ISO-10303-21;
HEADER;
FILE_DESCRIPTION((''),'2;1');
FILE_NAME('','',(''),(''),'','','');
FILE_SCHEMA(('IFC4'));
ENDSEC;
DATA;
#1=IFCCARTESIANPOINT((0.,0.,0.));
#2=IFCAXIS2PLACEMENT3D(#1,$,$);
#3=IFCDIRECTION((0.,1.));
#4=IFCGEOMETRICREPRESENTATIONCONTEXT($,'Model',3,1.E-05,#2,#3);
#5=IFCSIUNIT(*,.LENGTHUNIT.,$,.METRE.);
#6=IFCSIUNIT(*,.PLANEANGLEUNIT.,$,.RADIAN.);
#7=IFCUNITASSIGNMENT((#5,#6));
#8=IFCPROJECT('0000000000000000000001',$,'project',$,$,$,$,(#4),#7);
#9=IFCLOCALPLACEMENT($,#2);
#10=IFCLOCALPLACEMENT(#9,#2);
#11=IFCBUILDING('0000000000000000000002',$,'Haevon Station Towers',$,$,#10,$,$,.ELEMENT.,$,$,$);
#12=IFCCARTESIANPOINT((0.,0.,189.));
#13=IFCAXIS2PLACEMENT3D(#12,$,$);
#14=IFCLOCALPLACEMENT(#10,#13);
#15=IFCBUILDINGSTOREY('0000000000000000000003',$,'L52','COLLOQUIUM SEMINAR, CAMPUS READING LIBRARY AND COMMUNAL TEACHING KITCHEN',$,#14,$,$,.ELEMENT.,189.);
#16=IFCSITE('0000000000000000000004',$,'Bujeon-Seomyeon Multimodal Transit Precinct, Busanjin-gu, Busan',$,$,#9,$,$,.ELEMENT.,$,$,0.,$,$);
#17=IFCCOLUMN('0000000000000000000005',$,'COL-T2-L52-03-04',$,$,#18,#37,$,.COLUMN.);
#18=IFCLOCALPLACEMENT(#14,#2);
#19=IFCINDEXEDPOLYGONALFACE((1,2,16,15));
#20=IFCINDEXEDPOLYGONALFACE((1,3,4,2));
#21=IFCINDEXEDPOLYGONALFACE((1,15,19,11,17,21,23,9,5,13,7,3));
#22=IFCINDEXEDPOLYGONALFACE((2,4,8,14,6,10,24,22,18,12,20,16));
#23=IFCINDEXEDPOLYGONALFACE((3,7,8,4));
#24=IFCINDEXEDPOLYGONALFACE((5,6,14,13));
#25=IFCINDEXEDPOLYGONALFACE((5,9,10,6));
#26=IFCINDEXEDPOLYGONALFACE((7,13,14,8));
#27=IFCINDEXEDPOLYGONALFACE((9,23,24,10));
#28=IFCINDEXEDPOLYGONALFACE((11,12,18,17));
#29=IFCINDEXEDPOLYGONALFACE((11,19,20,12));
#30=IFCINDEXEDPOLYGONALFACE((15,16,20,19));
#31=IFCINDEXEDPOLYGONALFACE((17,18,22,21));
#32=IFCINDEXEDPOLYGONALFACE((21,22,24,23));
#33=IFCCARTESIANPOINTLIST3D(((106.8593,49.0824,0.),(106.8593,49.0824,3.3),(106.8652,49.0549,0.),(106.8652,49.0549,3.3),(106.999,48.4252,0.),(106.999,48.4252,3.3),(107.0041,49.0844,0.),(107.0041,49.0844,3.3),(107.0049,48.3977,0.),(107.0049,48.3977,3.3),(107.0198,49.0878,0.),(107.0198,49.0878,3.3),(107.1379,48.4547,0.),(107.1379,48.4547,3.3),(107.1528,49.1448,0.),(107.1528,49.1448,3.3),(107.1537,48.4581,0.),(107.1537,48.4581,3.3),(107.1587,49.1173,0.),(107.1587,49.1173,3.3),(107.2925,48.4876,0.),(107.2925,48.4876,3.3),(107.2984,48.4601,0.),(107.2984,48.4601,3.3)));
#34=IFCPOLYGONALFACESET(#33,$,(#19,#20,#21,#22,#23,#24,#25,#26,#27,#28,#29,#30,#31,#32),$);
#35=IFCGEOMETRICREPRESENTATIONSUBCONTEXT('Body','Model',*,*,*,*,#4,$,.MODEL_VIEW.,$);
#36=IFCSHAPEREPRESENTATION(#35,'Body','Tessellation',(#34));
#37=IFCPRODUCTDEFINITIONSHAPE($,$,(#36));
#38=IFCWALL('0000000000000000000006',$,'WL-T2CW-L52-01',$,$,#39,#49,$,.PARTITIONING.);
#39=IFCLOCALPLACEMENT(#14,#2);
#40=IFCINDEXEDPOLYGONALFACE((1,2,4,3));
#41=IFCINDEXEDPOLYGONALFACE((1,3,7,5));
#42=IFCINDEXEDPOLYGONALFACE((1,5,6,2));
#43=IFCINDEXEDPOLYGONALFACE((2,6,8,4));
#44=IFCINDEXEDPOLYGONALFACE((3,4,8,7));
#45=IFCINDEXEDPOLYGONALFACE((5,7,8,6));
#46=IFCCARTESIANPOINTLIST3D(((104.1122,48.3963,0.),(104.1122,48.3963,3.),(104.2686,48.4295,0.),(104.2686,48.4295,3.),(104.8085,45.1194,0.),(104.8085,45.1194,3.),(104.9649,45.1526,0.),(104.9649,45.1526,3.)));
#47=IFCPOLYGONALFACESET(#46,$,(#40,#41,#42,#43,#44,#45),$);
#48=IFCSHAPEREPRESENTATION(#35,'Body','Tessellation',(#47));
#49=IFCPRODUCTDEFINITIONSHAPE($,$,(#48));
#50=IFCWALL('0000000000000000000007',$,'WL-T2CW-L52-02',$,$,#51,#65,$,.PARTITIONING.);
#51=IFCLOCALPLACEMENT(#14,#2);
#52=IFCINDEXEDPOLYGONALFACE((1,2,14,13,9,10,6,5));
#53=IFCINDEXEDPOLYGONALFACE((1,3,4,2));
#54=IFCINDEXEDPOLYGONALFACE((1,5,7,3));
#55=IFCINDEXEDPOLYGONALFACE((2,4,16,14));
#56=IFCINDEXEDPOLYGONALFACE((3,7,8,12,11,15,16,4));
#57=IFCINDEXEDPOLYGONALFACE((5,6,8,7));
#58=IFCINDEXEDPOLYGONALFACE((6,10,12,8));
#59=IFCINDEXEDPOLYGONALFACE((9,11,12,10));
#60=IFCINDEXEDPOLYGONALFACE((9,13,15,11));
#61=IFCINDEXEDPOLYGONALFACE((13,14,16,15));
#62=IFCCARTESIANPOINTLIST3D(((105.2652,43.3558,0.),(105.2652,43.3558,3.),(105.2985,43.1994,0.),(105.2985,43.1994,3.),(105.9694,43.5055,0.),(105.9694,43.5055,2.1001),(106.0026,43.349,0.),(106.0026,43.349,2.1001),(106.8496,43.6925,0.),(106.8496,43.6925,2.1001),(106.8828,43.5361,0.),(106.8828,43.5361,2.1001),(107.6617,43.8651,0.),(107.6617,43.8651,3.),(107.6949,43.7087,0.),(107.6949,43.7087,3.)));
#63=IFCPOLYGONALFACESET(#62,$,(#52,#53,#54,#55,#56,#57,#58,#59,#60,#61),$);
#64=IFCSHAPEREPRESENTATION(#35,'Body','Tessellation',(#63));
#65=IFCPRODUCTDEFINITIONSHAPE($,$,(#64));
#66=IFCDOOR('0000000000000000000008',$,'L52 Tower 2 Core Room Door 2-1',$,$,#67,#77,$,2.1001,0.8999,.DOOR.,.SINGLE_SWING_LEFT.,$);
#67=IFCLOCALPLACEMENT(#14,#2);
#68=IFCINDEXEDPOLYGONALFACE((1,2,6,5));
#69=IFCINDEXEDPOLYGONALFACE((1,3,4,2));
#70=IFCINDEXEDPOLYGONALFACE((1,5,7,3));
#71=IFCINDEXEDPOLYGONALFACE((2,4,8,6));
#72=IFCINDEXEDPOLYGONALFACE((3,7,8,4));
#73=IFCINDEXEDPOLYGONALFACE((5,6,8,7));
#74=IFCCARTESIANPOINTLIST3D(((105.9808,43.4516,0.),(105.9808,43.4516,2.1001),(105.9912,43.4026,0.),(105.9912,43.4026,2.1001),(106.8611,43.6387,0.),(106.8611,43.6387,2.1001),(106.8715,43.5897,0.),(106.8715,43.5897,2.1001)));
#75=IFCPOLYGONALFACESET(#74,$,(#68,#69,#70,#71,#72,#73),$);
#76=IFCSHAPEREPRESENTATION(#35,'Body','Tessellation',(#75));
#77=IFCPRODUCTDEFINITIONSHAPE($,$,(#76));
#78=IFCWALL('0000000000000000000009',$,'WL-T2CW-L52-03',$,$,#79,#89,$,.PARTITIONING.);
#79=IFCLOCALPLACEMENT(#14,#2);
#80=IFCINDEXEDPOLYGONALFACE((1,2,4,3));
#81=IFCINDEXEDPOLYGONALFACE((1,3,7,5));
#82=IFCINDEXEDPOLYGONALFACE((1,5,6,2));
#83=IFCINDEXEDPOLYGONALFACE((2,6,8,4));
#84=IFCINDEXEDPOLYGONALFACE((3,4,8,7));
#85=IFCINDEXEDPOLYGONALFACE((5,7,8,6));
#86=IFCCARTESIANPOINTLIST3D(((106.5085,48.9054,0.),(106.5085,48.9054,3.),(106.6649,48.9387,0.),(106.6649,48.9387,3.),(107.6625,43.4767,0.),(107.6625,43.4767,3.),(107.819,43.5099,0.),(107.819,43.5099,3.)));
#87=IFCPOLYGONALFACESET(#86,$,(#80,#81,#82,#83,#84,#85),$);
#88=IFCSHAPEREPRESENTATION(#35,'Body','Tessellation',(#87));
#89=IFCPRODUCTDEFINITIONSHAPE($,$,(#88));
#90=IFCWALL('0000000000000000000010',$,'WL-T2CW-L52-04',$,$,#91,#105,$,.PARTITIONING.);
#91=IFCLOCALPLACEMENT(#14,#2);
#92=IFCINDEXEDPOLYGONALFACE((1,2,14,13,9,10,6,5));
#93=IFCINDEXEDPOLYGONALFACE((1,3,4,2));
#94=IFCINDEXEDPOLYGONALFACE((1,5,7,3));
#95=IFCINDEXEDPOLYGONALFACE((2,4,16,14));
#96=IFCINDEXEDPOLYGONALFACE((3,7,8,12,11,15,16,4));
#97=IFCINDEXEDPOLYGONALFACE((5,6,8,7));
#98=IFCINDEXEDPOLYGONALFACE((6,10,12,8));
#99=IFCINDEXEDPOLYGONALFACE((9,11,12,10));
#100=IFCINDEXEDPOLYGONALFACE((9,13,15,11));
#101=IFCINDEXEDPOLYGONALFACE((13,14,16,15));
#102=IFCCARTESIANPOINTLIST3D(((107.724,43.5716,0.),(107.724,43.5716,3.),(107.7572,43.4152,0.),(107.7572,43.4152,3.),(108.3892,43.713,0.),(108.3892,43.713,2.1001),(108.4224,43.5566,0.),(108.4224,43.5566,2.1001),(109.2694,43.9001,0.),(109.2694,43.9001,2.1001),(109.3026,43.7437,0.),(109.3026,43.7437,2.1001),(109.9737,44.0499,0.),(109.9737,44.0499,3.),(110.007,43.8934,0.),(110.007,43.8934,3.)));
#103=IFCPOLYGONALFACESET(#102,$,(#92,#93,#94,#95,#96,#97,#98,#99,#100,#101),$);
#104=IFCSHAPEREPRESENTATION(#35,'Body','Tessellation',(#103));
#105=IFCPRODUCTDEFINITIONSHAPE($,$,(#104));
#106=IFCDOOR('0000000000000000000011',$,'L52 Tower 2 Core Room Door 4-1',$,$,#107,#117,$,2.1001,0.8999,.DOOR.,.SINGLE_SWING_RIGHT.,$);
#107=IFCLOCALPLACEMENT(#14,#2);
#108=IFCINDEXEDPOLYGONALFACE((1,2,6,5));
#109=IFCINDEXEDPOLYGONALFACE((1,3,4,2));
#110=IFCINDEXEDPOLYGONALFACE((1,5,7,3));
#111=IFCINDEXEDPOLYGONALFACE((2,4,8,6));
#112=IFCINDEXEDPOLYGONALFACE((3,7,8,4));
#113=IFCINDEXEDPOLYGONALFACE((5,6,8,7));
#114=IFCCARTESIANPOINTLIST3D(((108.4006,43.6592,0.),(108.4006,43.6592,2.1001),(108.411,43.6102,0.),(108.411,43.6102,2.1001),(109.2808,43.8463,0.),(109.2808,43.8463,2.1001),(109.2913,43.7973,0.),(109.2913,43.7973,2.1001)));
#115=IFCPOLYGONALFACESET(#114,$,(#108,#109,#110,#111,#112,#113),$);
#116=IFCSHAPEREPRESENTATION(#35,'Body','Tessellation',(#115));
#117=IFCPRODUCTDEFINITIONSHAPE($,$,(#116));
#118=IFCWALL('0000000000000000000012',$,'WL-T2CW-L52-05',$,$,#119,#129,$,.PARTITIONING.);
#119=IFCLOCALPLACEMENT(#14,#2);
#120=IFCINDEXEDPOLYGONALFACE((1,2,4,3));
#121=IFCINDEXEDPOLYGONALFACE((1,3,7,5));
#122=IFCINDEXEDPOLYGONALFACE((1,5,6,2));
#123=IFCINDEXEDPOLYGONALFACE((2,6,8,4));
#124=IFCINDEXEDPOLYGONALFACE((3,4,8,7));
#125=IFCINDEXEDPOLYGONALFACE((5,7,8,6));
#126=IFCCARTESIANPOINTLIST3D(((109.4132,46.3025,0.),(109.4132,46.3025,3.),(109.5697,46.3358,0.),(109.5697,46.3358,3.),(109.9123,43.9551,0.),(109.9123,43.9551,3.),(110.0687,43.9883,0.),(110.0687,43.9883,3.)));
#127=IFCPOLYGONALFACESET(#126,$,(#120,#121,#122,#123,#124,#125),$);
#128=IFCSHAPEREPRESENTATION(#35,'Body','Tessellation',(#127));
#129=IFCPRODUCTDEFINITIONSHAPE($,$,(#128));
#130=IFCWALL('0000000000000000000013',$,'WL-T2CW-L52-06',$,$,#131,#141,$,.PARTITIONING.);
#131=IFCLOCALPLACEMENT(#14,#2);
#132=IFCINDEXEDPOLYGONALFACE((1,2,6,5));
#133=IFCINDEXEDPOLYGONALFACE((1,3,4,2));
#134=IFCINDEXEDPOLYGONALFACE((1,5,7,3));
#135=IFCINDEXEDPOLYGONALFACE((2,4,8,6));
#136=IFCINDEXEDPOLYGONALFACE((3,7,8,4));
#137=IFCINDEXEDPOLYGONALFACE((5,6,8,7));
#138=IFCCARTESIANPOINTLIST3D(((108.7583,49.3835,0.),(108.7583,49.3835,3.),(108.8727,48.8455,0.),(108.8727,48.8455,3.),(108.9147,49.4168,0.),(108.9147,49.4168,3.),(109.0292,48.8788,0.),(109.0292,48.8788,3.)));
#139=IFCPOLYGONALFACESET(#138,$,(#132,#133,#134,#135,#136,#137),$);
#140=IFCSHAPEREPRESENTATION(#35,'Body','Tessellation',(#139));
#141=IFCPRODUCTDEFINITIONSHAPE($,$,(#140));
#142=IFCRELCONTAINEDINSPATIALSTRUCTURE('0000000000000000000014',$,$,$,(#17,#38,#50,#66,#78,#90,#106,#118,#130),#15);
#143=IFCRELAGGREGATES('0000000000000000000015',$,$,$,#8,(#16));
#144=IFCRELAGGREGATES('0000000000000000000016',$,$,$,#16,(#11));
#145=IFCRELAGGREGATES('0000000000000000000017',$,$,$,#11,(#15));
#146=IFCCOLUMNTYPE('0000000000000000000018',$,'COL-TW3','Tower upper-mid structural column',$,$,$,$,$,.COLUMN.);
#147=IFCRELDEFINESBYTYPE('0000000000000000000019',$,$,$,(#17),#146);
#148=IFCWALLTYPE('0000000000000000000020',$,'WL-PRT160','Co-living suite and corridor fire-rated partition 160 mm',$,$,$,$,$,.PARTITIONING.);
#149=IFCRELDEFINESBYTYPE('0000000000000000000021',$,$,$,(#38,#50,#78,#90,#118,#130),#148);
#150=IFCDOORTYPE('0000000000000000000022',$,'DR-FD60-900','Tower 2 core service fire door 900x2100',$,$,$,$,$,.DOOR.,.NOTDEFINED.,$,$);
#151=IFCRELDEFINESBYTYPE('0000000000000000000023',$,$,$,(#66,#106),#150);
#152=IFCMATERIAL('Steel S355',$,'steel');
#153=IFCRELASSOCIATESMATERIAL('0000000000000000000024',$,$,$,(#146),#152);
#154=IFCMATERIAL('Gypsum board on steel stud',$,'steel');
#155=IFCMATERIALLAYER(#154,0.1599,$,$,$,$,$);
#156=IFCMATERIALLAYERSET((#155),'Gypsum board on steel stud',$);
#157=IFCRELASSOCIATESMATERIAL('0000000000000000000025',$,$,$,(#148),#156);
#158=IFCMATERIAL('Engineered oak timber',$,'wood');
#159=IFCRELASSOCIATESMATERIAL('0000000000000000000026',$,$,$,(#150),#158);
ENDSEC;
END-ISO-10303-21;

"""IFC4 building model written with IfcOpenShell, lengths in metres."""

from ifc_helpers import new_model, si_unit, direction, frame, frame_2d, origin, origin_2d, place, context, subcontext, project, spatial, rectangle, i_section, extrude, material, layer, layer_set, material_profile, profile_set, type_object, element, fill, save


model = new_model("IFC4")

# Units and contexts
model_context = context("Model", 3, precision=1e-05, world=origin(), true_north=direction((0.0, 1.0)))
body_context = subcontext(model_context, "Body", "Model", "MODEL_VIEW")
ifc_project = project(units=[si_unit("LENGTHUNIT", "METRE"), si_unit("PLANEANGLEUNIT", "RADIAN")], contexts=[model_context])

# Site, building, storey
site_placement = place(None, origin())
site = spatial("IfcSite", under=ifc_project, at=site_placement, Name="Bujeon-Seomyeon Multimodal Transit Precinct, Busanjin-gu, Busan", CompositionType="ELEMENT", RefElevation=0.0)
building_placement = place(site_placement, origin())
building = spatial("IfcBuilding", under=site, at=building_placement, Name="Haevon Station Towers", CompositionType="ELEMENT")
storey_placement = place(building_placement, frame((0.0, 0.0, 189.0)))
storey = spatial("IfcBuildingStorey", under=building, at=storey_placement, Name="L52", Description="COLLOQUIUM SEMINAR, CAMPUS READING LIBRARY AND COMMUNAL TEACHING KITCHEN", CompositionType="ELEMENT", Elevation=189.0)

# Column
ifc_material_1 = material(Name="Steel S355", Category="steel")
ifc_material_profile = material_profile(ifc_material_1, i_section(OverallWidth=0.3, OverallDepth=0.7, WebThickness=0.0161, FlangeThickness=0.0281, at=origin_2d()), Name="H-700x300x16x28")
ifc_profile_set = profile_set([ifc_material_profile], Name="Steel S355")
column_type = type_object("IfcColumnType", Name="COL-TW3", Description="Tower upper-mid structural column", PredefinedType="COLUMN", material=ifc_profile_set)
column_placement = place(storey_placement, frame((107.0789, 48.7712, 0.0), z_axis=(0.0, 0.0, 1.0), x_axis=(0.978148, 0.207912, 0.0)))
element("IfcColumn", 1, at=column_placement, inside=storey, type_object=column_type, Name="COL-T2-L52-03-04", PredefinedType="COLUMN", context=body_context, shape_type="SweptSolid", body=[
    extrude(i_section(OverallWidth=0.3, OverallDepth=0.7, WebThickness=0.0161, FlangeThickness=0.0281, at=origin_2d()), origin(), (0.0, 0.0, 1.0), 3.3),
])

# Wall
ifc_material_2 = material(Name="Gypsum board on steel stud", Category="steel")
ifc_layer_1 = layer(ifc_material_2, 0.1599)
ifc_layer_set_1 = layer_set([ifc_layer_1], Name="Gypsum board on steel stud")
wall_type_1 = type_object("IfcWallType", Name="WL-PRT160", Description="Co-living suite and corridor fire-rated partition 160 mm", PredefinedType="PARTITIONING", material=ifc_layer_set_1)
wall_1_placement = place(storey_placement, frame((104.8867, 45.136, 0.0), z_axis=(0.0, 0.0, 1.0), x_axis=(-0.207847, 0.978161, 0.0)))
element("IfcWall", 2, at=wall_1_placement, inside=storey, type_object=wall_type_1, Name="WL-T2CW-L52-01", PredefinedType="PARTITIONING", context=body_context, shape_type="SweptSolid", body=[
    extrude(rectangle(XDim=3.3501, YDim=0.1599, at=frame_2d((1.675, 0.0))), origin(), (0.0, 0.0, 1.0), 3.0),
])

# Wall, opening, door
wall_2_placement = place(storey_placement, frame((105.2817, 43.2776, 0.0), z_axis=(0.0, 0.0, 1.0), x_axis=(0.978157, 0.207868, 0.0)))
wall_2 = element("IfcWall", 3, at=wall_2_placement, inside=storey, type_object=wall_type_1, Name="WL-T2CW-L52-02", PredefinedType="PARTITIONING", context=body_context, shape_type="SweptSolid", body=[
    extrude(rectangle(XDim=2.45, YDim=0.1599, at=frame_2d((1.2251, 0.0))), origin(), (0.0, 0.0, 1.0), 3.0),
])
opening_1_placement = place(wall_2_placement, frame((0.72, 0.0, 0.0)))
opening_1 = element("IfcOpeningElement", 4, at=opening_1_placement, cuts=wall_2, PredefinedType="OPENING", context=body_context, shape_type="SweptSolid", body=[
    extrude(rectangle(XDim=0.8999, YDim=2.1001, at=frame_2d((0.45, 1.05))), frame((0.0, 0.0898, 0.0), z_axis=(0.0, -1.0, 0.0), x_axis=(1.0, 0.0, 0.0)), (0.0, 0.0, 1.0), 0.1799),
])
ifc_material_3 = material(Name="Engineered oak timber", Category="wood")
door_type_1 = type_object("IfcDoorType", Name="DR-FD60-900", Description="Tower 2 core service fire door 900x2100", OperationType="NOTDEFINED", PredefinedType="DOOR", material=ifc_material_3)
door_1_placement = place(opening_1_placement, origin())
door_1 = element("IfcDoor", 5, at=door_1_placement, inside=storey, type_object=door_type_1, Name="L52 Tower 2 Core Room Door 2-1", OperationType="SINGLE_SWING_LEFT", OverallHeight=2.1001, OverallWidth=0.8999, PredefinedType="DOOR", context=body_context, shape_type="SweptSolid", body=[
    extrude(rectangle(XDim=0.8999, YDim=2.1001, at=frame_2d((0.45, 1.05))), frame((0.0, 0.0249, 0.0), z_axis=(0.0, -1.0, 0.0), x_axis=(1.0, 0.0, 0.0)), (0.0, 0.0, 1.0), 0.05),
])
fill(opening_1, door_1)

# Wall
wall_3_placement = place(storey_placement, frame((107.7407, 43.4934, 0.0), z_axis=(0.0, 0.0, 1.0), x_axis=(-0.207937, 0.978142, 0.0)))
element("IfcWall", 6, at=wall_3_placement, inside=storey, type_object=wall_type_1, Name="WL-T2CW-L52-03", PredefinedType="PARTITIONING", context=body_context, shape_type="SweptSolid", body=[
    extrude(rectangle(XDim=5.55, YDim=0.1599, at=frame_2d((2.7749, 0.0))), origin(), (0.0, 0.0, 1.0), 3.0),
])

# Wall, opening, door
wall_4_placement = place(storey_placement, frame((107.7407, 43.4934, 0.0), z_axis=(0.0, 0.0, 1.0), x_axis=(0.978141, 0.207941, 0.0)))
wall_4 = element("IfcWall", 7, at=wall_4_placement, inside=storey, type_object=wall_type_1, Name="WL-T2CW-L52-04", PredefinedType="PARTITIONING", context=body_context, shape_type="SweptSolid", body=[
    extrude(rectangle(XDim=2.3, YDim=0.1599, at=frame_2d((1.1499, 0.0))), origin(), (0.0, 0.0, 1.0), 3.0),
])
opening_2_placement = place(wall_4_placement, frame((0.6799, 0.0, 0.0)))
opening_2 = element("IfcOpeningElement", 8, at=opening_2_placement, cuts=wall_4, PredefinedType="OPENING", context=body_context, shape_type="SweptSolid", body=[
    extrude(rectangle(XDim=0.8999, YDim=2.1001, at=frame_2d((0.45, 1.05))), frame((0.0, 0.0898, 0.0), z_axis=(0.0, -1.0, 0.0), x_axis=(1.0, 0.0, 0.0)), (0.0, 0.0, 1.0), 0.1799),
])
door_2_placement = place(opening_2_placement, origin())
door_2 = element("IfcDoor", 9, at=door_2_placement, inside=storey, type_object=door_type_1, Name="L52 Tower 2 Core Room Door 4-1", OperationType="SINGLE_SWING_RIGHT", OverallHeight=2.1001, OverallWidth=0.8999, PredefinedType="DOOR", context=body_context, shape_type="SweptSolid", body=[
    extrude(rectangle(XDim=0.8999, YDim=2.1001, at=frame_2d((0.45, 1.05))), frame((0.0, 0.0249, 0.0), z_axis=(0.0, -1.0, 0.0), x_axis=(1.0, 0.0, 0.0)), (0.0, 0.0, 1.0), 0.05),
])
fill(opening_2, door_2)

# Walls
wall_5_placement = place(storey_placement, frame((109.9905, 43.9717, 0.0), z_axis=(0.0, 0.0, 1.0), x_axis=(-0.207938, 0.978142, 0.0)))
element("IfcWall", 10, at=wall_5_placement, inside=storey, type_object=wall_type_1, Name="WL-T2CW-L52-05", PredefinedType="PARTITIONING", context=body_context, shape_type="SweptSolid", body=[
    extrude(rectangle(XDim=2.3999, YDim=0.1599, at=frame_2d((1.2, 0.0))), origin(), (0.0, 0.0, 1.0), 3.0),
])
wall_6_placement = place(storey_placement, frame((108.9509, 48.8623, 0.0), z_axis=(0.0, 0.0, 1.0), x_axis=(-0.208135, 0.9781, 0.0)))
element("IfcWall", 11, at=wall_6_placement, inside=storey, type_object=wall_type_1, Name="WL-T2CW-L52-06", PredefinedType="PARTITIONING", context=body_context, shape_type="SweptSolid", body=[
    extrude(rectangle(XDim=0.55, YDim=0.1599, at=frame_2d((0.2749, 0.0))), origin(), (0.0, 0.0, 1.0), 3.0),
])

save(model, "model.ifc")
